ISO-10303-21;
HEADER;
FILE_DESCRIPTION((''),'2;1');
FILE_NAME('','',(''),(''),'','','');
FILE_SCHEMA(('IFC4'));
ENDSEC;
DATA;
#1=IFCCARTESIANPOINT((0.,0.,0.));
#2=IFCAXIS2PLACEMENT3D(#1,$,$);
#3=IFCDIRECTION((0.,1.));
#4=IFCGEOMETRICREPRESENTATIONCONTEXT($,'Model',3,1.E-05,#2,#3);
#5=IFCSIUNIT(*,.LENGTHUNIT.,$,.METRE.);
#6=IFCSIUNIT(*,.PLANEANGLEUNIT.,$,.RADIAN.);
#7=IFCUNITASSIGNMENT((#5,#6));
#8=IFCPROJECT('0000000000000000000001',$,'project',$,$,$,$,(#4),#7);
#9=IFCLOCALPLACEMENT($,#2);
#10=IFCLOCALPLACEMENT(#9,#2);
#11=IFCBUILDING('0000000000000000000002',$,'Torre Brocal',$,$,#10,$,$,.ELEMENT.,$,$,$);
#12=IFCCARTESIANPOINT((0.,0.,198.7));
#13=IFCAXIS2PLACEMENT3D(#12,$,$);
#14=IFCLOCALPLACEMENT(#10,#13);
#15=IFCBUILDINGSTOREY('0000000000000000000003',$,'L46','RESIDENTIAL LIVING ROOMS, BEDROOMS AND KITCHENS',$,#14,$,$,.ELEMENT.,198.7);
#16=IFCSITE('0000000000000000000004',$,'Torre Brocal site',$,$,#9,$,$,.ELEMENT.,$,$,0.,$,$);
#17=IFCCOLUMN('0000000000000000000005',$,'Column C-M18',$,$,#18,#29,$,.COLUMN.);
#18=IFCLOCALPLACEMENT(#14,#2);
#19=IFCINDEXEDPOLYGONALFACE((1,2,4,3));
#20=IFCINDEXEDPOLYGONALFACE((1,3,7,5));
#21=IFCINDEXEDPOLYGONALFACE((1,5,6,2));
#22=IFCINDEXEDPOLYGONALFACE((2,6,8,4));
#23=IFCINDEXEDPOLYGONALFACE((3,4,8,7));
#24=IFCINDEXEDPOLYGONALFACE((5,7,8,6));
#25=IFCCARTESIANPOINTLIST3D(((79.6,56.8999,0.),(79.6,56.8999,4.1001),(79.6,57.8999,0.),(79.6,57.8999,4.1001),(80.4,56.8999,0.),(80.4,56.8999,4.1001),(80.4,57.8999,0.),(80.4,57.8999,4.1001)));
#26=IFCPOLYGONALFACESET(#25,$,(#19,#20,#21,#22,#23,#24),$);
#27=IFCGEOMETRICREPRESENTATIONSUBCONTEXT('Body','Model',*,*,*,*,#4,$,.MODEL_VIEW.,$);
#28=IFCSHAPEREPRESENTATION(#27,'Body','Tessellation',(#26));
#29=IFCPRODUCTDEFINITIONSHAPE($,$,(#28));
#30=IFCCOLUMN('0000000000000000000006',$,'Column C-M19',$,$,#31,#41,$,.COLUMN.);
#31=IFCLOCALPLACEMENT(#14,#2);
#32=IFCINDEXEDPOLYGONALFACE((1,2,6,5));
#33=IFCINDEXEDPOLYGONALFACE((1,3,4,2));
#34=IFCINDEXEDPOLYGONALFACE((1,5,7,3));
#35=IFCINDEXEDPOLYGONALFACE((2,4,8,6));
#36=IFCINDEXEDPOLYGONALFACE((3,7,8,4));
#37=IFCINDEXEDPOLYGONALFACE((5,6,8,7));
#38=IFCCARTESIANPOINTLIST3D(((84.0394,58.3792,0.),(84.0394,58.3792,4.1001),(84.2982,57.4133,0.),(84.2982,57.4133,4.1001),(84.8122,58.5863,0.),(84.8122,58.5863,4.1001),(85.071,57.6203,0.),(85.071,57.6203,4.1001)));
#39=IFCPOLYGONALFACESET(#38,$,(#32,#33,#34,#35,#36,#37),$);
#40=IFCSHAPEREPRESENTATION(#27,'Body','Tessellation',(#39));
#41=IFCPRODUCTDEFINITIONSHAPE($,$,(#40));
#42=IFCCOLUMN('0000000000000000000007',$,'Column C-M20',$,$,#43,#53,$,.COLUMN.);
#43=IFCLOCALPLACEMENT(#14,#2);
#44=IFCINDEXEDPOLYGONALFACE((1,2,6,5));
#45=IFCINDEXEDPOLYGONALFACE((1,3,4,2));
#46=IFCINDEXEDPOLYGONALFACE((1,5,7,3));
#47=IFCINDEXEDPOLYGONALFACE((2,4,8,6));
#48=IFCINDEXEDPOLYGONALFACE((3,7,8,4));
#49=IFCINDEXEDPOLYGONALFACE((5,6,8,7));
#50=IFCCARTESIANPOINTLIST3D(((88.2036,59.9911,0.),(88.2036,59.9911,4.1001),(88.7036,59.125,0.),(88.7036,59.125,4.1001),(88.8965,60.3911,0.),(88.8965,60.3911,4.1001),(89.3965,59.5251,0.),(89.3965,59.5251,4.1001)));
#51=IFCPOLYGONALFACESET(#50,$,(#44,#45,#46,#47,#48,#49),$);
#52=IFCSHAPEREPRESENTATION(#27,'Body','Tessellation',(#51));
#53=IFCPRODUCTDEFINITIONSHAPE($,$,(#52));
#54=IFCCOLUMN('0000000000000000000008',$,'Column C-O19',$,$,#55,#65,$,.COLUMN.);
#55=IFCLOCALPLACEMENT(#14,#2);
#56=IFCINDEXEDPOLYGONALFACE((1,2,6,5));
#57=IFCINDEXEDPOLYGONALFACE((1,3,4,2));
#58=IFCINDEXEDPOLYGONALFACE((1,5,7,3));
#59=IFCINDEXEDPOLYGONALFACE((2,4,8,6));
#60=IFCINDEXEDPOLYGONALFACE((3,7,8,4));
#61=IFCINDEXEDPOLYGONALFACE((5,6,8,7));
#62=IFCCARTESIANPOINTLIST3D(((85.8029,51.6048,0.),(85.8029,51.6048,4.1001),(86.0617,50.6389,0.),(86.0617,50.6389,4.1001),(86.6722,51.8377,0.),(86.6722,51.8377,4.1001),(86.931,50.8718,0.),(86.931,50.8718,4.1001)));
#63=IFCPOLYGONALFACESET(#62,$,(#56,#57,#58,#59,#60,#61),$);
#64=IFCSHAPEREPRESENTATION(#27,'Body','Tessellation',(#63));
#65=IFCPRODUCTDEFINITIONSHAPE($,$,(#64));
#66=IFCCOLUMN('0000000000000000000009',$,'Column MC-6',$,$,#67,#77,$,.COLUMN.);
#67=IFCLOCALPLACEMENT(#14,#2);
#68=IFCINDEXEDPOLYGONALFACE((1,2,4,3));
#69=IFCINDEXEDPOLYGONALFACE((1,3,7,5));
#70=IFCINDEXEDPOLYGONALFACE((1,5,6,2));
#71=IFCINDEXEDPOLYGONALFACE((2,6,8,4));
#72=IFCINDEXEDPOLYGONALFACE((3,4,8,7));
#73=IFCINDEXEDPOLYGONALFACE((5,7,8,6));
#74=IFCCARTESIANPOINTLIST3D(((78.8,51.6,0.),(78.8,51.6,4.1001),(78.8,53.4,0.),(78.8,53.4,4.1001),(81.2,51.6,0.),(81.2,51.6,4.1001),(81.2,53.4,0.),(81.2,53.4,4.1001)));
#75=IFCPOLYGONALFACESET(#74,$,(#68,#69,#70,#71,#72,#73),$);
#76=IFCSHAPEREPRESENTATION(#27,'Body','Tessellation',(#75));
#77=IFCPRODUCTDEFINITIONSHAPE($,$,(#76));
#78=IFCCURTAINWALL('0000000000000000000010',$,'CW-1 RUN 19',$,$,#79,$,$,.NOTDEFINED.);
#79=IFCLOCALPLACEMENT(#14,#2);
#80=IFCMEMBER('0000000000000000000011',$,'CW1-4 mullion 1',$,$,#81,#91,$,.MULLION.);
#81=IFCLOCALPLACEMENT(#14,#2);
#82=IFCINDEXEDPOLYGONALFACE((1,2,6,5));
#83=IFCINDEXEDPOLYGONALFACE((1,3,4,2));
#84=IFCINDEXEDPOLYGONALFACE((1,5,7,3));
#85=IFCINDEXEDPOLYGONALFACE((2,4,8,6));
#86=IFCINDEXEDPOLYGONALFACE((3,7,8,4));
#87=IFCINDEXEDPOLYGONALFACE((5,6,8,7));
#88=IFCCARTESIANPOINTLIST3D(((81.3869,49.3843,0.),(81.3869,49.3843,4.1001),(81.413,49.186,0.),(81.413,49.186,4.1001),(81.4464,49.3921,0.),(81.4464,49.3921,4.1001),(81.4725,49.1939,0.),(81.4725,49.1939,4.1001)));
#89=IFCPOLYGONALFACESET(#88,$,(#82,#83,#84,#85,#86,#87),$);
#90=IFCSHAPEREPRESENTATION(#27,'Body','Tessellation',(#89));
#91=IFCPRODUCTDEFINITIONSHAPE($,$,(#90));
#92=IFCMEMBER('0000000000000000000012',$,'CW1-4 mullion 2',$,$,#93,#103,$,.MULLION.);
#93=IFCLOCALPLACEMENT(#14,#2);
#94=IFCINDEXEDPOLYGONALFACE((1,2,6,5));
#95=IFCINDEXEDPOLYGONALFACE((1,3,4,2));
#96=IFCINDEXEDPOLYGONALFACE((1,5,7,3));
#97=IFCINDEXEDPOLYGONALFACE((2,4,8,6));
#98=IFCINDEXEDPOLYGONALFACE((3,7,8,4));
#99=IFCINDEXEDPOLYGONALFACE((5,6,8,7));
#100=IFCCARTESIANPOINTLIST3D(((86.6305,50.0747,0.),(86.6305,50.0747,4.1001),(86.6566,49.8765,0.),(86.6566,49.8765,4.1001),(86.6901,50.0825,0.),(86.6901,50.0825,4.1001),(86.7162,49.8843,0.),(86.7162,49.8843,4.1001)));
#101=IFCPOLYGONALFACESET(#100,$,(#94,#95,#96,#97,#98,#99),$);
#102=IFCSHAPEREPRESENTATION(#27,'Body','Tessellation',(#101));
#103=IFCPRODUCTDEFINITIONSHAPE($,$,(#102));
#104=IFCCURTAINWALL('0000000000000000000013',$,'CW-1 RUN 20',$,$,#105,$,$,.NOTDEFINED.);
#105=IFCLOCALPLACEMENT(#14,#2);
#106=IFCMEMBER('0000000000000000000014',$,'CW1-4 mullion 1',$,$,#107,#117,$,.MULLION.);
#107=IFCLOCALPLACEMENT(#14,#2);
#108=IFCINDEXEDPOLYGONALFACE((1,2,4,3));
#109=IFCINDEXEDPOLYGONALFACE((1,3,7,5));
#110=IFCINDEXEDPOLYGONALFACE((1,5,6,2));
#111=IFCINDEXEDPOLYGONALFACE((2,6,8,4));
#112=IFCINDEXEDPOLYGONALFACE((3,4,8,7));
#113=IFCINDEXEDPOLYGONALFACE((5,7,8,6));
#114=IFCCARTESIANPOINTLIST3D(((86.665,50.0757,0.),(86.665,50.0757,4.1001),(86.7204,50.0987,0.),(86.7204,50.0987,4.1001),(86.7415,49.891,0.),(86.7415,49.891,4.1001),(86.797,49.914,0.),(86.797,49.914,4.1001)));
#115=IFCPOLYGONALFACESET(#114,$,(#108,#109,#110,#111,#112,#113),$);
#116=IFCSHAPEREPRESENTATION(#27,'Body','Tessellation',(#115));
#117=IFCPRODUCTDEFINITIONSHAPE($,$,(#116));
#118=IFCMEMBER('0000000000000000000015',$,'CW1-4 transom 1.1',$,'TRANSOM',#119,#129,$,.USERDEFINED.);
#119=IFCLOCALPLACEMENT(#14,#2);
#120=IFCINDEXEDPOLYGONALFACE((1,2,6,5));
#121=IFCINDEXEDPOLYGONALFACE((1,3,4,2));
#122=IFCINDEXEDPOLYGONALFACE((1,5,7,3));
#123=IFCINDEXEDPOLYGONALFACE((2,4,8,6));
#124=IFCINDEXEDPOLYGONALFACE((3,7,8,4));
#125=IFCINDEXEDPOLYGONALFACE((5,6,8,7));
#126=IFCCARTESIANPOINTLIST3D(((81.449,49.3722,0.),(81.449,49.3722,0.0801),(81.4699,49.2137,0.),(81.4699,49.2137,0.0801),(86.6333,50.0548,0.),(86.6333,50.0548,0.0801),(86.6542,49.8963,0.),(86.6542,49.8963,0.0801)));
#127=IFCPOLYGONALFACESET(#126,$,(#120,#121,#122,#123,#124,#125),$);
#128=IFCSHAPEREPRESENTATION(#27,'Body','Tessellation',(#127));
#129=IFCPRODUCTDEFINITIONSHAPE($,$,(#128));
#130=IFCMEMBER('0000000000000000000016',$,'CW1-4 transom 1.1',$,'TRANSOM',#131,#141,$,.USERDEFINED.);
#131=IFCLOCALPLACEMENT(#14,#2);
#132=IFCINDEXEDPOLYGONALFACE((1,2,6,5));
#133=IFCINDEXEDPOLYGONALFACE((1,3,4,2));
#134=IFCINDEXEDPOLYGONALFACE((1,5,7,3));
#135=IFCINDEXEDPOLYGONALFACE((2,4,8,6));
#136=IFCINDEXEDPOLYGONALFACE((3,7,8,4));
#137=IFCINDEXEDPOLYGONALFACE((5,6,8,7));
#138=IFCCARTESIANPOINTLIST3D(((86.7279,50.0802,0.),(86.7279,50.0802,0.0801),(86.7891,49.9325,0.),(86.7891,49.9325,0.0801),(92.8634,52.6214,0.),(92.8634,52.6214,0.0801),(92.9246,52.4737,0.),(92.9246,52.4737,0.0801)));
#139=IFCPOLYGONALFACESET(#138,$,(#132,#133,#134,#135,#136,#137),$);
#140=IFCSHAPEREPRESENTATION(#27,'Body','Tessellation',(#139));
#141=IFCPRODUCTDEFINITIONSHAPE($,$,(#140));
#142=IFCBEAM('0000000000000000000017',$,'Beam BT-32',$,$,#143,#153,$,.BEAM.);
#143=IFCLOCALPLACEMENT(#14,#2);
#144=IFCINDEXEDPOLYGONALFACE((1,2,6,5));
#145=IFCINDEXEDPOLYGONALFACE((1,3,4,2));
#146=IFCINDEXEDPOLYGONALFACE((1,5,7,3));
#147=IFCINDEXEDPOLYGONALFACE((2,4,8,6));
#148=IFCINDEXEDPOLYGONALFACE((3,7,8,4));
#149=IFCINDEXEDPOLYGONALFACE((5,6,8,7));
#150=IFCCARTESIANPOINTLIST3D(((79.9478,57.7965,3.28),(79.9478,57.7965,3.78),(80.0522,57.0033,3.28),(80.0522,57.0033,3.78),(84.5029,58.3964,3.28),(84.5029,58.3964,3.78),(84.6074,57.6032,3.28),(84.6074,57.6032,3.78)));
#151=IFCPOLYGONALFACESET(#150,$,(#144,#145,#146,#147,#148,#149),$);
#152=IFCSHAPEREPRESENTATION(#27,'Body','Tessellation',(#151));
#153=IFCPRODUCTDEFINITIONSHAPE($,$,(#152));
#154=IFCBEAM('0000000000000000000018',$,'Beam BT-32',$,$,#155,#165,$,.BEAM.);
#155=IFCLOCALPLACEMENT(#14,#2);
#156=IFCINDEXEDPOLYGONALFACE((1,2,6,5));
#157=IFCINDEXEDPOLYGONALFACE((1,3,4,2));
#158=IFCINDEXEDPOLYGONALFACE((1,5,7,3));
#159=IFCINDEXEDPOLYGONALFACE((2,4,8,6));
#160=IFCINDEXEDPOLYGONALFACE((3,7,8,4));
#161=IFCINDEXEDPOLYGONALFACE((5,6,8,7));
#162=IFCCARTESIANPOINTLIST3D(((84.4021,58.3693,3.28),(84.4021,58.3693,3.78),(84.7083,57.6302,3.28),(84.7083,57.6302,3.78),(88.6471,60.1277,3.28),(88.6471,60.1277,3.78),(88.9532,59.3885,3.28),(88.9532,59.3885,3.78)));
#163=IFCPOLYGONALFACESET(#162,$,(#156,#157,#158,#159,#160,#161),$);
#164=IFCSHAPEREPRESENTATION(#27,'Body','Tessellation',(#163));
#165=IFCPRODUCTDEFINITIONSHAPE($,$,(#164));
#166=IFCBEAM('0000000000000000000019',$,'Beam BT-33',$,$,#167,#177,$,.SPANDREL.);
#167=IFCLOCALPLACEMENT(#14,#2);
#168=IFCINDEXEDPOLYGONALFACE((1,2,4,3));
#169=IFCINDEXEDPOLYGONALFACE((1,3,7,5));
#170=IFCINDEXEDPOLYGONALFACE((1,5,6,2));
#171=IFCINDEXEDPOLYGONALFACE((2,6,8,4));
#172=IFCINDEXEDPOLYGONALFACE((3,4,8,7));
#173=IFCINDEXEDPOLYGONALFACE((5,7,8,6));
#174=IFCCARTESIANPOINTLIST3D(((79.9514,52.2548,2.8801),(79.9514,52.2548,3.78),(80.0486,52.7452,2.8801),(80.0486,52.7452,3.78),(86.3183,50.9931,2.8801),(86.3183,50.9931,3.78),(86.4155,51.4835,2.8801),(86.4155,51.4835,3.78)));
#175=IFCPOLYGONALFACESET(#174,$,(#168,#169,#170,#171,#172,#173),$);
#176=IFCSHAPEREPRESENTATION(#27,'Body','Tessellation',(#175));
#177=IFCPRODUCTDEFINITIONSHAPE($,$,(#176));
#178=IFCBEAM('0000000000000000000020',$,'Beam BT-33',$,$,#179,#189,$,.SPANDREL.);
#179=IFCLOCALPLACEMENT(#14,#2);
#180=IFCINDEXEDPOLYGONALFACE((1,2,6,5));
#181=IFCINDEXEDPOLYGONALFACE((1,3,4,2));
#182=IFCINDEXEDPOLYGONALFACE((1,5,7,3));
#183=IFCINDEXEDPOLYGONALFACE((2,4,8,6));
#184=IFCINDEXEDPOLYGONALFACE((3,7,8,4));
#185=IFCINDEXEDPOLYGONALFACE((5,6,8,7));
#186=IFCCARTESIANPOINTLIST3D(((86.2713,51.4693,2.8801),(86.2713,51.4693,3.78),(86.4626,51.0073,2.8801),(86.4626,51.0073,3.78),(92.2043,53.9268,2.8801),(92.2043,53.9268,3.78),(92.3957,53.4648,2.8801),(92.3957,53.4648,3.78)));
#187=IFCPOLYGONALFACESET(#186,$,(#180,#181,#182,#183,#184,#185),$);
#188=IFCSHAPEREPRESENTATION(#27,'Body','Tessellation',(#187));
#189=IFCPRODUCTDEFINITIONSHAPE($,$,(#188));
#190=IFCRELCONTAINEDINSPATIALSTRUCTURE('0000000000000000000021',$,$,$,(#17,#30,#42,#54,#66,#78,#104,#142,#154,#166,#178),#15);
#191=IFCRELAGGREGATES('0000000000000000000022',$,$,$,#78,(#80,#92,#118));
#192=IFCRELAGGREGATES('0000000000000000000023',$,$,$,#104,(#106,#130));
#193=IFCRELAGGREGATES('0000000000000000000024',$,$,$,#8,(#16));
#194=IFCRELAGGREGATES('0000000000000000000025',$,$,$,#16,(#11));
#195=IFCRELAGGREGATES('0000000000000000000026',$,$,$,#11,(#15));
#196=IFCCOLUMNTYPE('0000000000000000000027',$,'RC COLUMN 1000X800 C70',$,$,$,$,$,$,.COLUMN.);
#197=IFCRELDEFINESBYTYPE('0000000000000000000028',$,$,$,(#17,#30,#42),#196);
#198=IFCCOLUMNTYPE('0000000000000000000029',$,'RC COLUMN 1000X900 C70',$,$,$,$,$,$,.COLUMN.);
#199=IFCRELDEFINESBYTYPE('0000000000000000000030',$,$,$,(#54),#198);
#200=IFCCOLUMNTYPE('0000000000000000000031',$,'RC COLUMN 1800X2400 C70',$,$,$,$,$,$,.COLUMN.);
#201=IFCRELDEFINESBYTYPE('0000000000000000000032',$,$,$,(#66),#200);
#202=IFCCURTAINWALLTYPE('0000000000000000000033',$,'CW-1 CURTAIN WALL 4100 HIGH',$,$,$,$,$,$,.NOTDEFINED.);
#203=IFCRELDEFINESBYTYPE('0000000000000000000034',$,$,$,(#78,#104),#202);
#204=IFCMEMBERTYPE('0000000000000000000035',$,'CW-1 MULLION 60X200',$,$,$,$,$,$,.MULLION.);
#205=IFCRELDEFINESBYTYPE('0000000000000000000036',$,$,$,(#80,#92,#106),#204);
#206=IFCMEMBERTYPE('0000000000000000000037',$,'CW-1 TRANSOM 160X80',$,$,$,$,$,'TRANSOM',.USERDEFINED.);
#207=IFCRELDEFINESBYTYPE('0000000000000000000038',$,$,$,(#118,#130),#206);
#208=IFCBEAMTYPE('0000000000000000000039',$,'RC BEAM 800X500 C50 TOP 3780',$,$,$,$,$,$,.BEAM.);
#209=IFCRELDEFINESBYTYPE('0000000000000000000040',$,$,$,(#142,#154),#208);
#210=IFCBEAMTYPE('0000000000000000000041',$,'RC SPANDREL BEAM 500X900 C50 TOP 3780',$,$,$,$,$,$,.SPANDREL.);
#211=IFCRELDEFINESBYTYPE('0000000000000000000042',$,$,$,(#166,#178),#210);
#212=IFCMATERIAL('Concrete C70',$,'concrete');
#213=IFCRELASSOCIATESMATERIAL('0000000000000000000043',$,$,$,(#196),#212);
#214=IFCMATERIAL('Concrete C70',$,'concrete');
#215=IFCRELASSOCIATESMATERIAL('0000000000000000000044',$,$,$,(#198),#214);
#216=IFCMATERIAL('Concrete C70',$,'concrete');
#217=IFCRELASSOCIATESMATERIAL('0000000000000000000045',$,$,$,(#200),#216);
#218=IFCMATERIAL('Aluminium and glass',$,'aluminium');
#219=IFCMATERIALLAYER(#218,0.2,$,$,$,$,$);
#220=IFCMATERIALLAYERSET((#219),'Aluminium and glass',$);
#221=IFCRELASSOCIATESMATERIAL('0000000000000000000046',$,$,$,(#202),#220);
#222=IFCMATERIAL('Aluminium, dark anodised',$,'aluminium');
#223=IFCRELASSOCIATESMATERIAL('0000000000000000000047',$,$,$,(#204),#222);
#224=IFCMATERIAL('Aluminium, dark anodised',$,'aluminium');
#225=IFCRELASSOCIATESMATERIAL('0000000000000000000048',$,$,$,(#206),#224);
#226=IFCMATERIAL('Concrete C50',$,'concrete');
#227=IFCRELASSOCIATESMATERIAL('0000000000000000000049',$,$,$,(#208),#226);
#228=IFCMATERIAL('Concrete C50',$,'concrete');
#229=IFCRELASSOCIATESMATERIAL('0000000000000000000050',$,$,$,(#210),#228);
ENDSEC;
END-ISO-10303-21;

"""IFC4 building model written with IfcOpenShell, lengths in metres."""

from ifc_helpers import new_model, si_unit, direction, frame, origin, origin_2d, place, context, subcontext, project, spatial, rectangle, extrude, material, layer, layer_set, material_profile, profile_set, type_object, element, aggregate, save


model = new_model("IFC4")

# Units and contexts
model_context = context("Model", 3, precision=1e-05, world=origin(), true_north=direction((0.0, 1.0)))
body_context = subcontext(model_context, "Body", "Model", "MODEL_VIEW")
ifc_project = project(units=[si_unit("LENGTHUNIT", "METRE"), si_unit("PLANEANGLEUNIT", "RADIAN")], contexts=[model_context])

# Site, building, storey
site_placement = place(None, origin())
site = spatial("IfcSite", under=ifc_project, at=site_placement, Name="Torre Brocal site", CompositionType="ELEMENT", RefElevation=0.0)
building_placement = place(site_placement, origin())
building = spatial("IfcBuilding", under=site, at=building_placement, Name="Torre Brocal", CompositionType="ELEMENT")
storey_placement = place(building_placement, frame((0.0, 0.0, 198.7)))
storey = spatial("IfcBuildingStorey", under=building, at=storey_placement, Name="L46", Description="RESIDENTIAL LIVING ROOMS, BEDROOMS AND KITCHENS", CompositionType="ELEMENT", Elevation=198.7)

# Columns
ifc_material_1 = material(Name="Concrete C70", Category="concrete")
ifc_material_profile_1 = material_profile(ifc_material_1, rectangle(XDim=1.0, YDim=0.8, at=origin_2d()), Name="RC 1000X800")
ifc_profile_set_1 = profile_set([ifc_material_profile_1], Name="Concrete C70")
column_type_1 = type_object("IfcColumnType", Name="RC COLUMN 1000X800 C70", PredefinedType="COLUMN", material=ifc_profile_set_1)
for number, where, z_axis, x_axis, name in (
    (1, (80.0, 57.3999, 0.0), (0.0, 0.0, 1.0), (0.0, -1.0, 0.0), "Column C-M18"),
    (2, (84.5552, 57.9998, 0.0), (0.0, 0.0, 1.0), (0.258819, -0.965926, 0.0), "Column C-M19"),
    (3, (88.8, 59.7581, 0.0), (0.0, 0.0, 1.0), (0.5, -0.866025, 0.0), "Column C-M20"),
):
    element("IfcColumn", number, at=place(storey_placement, frame(where, z_axis=z_axis, x_axis=x_axis)), inside=storey, type_object=column_type_1, Name=name, PredefinedType="COLUMN", context=body_context, shape_type="SweptSolid", body=[
        extrude(rectangle(XDim=1.0, YDim=0.8, at=origin_2d()), origin(), (0.0, 0.0, 1.0), 4.1001),
    ])
ifc_material_2 = material(Name="Concrete C70", Category="concrete")
ifc_material_profile_2 = material_profile(ifc_material_2, rectangle(XDim=1.0, YDim=0.8999, at=origin_2d()), Name="RC 1000X900")
ifc_profile_set_2 = profile_set([ifc_material_profile_2], Name="Concrete C70")
column_type_2 = type_object("IfcColumnType", Name="RC COLUMN 1000X900 C70", PredefinedType="COLUMN", material=ifc_profile_set_2)
column_1_placement = place(storey_placement, frame((86.3669, 51.2383, 0.0), z_axis=(0.0, 0.0, 1.0), x_axis=(0.258819, -0.965926, 0.0)))
element("IfcColumn", 4, at=column_1_placement, inside=storey, type_object=column_type_2, Name="Column C-O19", PredefinedType="COLUMN", context=body_context, shape_type="SweptSolid", body=[
    extrude(rectangle(XDim=1.0, YDim=0.8999, at=origin_2d()), origin(), (0.0, 0.0, 1.0), 4.1001),
])
ifc_material_3 = material(Name="Concrete C70", Category="concrete")
ifc_material_profile_3 = material_profile(ifc_material_3, rectangle(XDim=1.8, YDim=2.3999, at=origin_2d()), Name="RC 1800X2400")
ifc_profile_set_3 = profile_set([ifc_material_profile_3], Name="Concrete C70")
column_type_3 = type_object("IfcColumnType", Name="RC COLUMN 1800X2400 C70", PredefinedType="COLUMN", material=ifc_profile_set_3)
column_2_placement = place(storey_placement, frame((80.0, 52.5, 0.0), z_axis=(0.0, 0.0, 1.0), x_axis=(0.0, -1.0, 0.0)))
element("IfcColumn", 5, at=column_2_placement, inside=storey, type_object=column_type_3, Name="Column MC-6", PredefinedType="COLUMN", context=body_context, shape_type="SweptSolid", body=[
    extrude(rectangle(XDim=1.8, YDim=2.3999, at=origin_2d()), origin(), (0.0, 0.0, 1.0), 4.1001),
])

# Curtain wall, members
ifc_material_4 = material(Name="Aluminium and glass", Category="aluminium")
ifc_layer_1 = layer(ifc_material_4, 0.2)
ifc_layer_set_1 = layer_set([ifc_layer_1], Name="Aluminium and glass")
curtain_wall_type = type_object("IfcCurtainWallType", Name="CW-1 CURTAIN WALL 4100 HIGH", PredefinedType="NOTDEFINED", material=ifc_layer_set_1)
curtain_wall_1_placement = place(storey_placement, origin())
curtain_wall_1 = element("IfcCurtainWall", 6, at=curtain_wall_1_placement, inside=storey, type_object=curtain_wall_type, Name="CW-1 RUN 19", PredefinedType="NOTDEFINED")
ifc_material_5 = material(Name="Aluminium, dark anodised", Category="aluminium")
ifc_material_profile_4 = material_profile(ifc_material_5, rectangle(XDim=0.2, YDim=0.0601, at=origin_2d()), Name="CW-1 MULLION 60X200")
ifc_profile_set_4 = profile_set([ifc_material_profile_4], Name="Aluminium, dark anodised")
member_type_1 = type_object("IfcMemberType", Name="CW-1 MULLION 60X200", PredefinedType="MULLION", material=ifc_profile_set_4)
member_1_placement = place(storey_placement, frame((81.4297, 49.2891, 0.0), z_axis=(0.0, 0.0, 1.0), x_axis=(-0.130526, 0.991445, 0.0)))
member_1 = element("IfcMember", 7, at=member_1_placement, type_object=member_type_1, Name="CW1-4 mullion 1", PredefinedType="MULLION", context=body_context, shape_type="SweptSolid", body=[
    extrude(rectangle(XDim=0.2, YDim=0.0601, at=origin_2d()), origin(), (0.0, 0.0, 1.0), 4.1001),
])
member_2_placement = place(storey_placement, frame((86.6733, 49.9795, 0.0), z_axis=(0.0, 0.0, 1.0), x_axis=(-0.130526, 0.991445, 0.0)))
member_2 = element("IfcMember", 8, at=member_2_placement, type_object=member_type_1, Name="CW1-4 mullion 2", PredefinedType="MULLION", context=body_context, shape_type="SweptSolid", body=[
    extrude(rectangle(XDim=0.2, YDim=0.0601, at=origin_2d()), origin(), (0.0, 0.0, 1.0), 4.1001),
])

# Curtain wall, member
curtain_wall_2_placement = place(storey_placement, origin())
curtain_wall_2 = element("IfcCurtainWall", 9, at=curtain_wall_2_placement, inside=storey, type_object=curtain_wall_type, Name="CW-1 RUN 20", PredefinedType="NOTDEFINED")
member_3_placement = place(storey_placement, frame((86.731, 49.9949, 0.0), z_axis=(0.0, 0.0, 1.0), x_axis=(-0.382683, 0.92388, 0.0)))
member_3 = element("IfcMember", 10, at=member_3_placement, type_object=member_type_1, Name="CW1-4 mullion 1", PredefinedType="MULLION", context=body_context, shape_type="SweptSolid", body=[
    extrude(rectangle(XDim=0.2, YDim=0.0601, at=origin_2d()), origin(), (0.0, 0.0, 1.0), 4.1001),
])

# Members
ifc_material_6 = material(Name="Aluminium, dark anodised", Category="aluminium")
ifc_material_profile_5 = material_profile(ifc_material_6, rectangle(XDim=0.1599, YDim=0.0801, at=origin_2d()), Name="CW-1 TRANSOM 160X80")
ifc_profile_set_5 = profile_set([ifc_material_profile_5], Name="Aluminium, dark anodised")
member_type_2 = type_object("IfcMemberType", Name="CW-1 TRANSOM 160X80", ElementType="TRANSOM", PredefinedType="USERDEFINED", material=ifc_profile_set_5)
member_4_placement = place(storey_placement, frame((81.4595, 49.293, 0.04), z_axis=(0.991443, 0.130543, 0.0), x_axis=(-0.130543, 0.991443, 0.0)))
member_4 = element("IfcMember", 11, at=member_4_placement, type_object=member_type_2, Name="CW1-4 transom 1.1", ObjectType="TRANSOM", PredefinedType="USERDEFINED", context=body_context, shape_type="SweptSolid", body=[
    extrude(rectangle(XDim=0.1599, YDim=0.0801, at=origin_2d()), origin(), (0.0, 0.0, 1.0), 5.229),
])
member_5_placement = place(storey_placement, frame((86.7585, 50.0063, 0.04), z_axis=(0.923887, 0.382665, 0.0), x_axis=(-0.382665, 0.923887, 0.0)))
member_5 = element("IfcMember", 12, at=member_5_placement, type_object=member_type_2, Name="CW1-4 transom 1.1", ObjectType="TRANSOM", PredefinedType="USERDEFINED", context=body_context, shape_type="SweptSolid", body=[
    extrude(rectangle(XDim=0.1599, YDim=0.0801, at=origin_2d()), origin(), (0.0, 0.0, 1.0), 6.6409),
])

# Beams
ifc_material_7 = material(Name="Concrete C50", Category="concrete")
ifc_material_profile_6 = material_profile(ifc_material_7, rectangle(XDim=0.8, YDim=0.5, at=origin_2d()), Name="RC 800X500")
ifc_profile_set_6 = profile_set([ifc_material_profile_6], Name="Concrete C50")
beam_type_1 = type_object("IfcBeamType", Name="RC BEAM 800X500 C50 TOP 3780", PredefinedType="BEAM", material=ifc_profile_set_6)
beam_1_placement = place(storey_placement, frame((80.0, 57.3999, 3.53), z_axis=(0.991441, 0.130559, 0.0), x_axis=(-0.130559, 0.991441, 0.0)))
element("IfcBeam", 13, at=beam_1_placement, inside=storey, type_object=beam_type_1, Name="Beam BT-32", PredefinedType="BEAM", context=body_context, shape_type="SweptSolid", body=[
    extrude(rectangle(XDim=0.8, YDim=0.5, at=origin_2d()), origin(), (0.0, 0.0, 1.0), 4.5945),
])
beam_2_placement = place(storey_placement, frame((84.5552, 57.9998, 3.53), z_axis=(0.923878, 0.382687, 0.0), x_axis=(-0.382687, 0.923878, 0.0)))
element("IfcBeam", 14, at=beam_2_placement, inside=storey, type_object=beam_type_1, Name="Beam BT-32", PredefinedType="BEAM", context=body_context, shape_type="SweptSolid", body=[
    extrude(rectangle(XDim=0.8, YDim=0.5, at=origin_2d()), origin(), (0.0, 0.0, 1.0), 4.5947),
])
ifc_material_8 = material(Name="Concrete C50", Category="concrete")
ifc_material_profile_7 = material_profile(ifc_material_8, rectangle(XDim=0.5, YDim=0.8999, at=origin_2d()), Name="RC 500X900")
ifc_profile_set_7 = profile_set([ifc_material_profile_7], Name="Concrete C50")
beam_type_2 = type_object("IfcBeamType", Name="RC SPANDREL BEAM 500X900 C50 TOP 3780", PredefinedType="SPANDREL", material=ifc_profile_set_7)
beam_3_placement = place(storey_placement, frame((80.0, 52.5, 3.3301), z_axis=(0.980925, -0.194387, 0.0), x_axis=(0.194387, 0.980925, 0.0)))
element("IfcBeam", 15, at=beam_3_placement, inside=storey, type_object=beam_type_2, Name="Beam BT-33", PredefinedType="SPANDREL", context=body_context, shape_type="SweptSolid", body=[
    extrude(rectangle(XDim=0.5, YDim=0.8999, at=origin_2d()), origin(), (0.0, 0.0, 1.0), 6.4907),
])
beam_4_placement = place(storey_placement, frame((86.3669, 51.2383, 3.3301), z_axis=(0.923882, 0.382676, 0.0), x_axis=(-0.382676, 0.923882, 0.0)))
element("IfcBeam", 16, at=beam_4_placement, inside=storey, type_object=beam_type_2, Name="Beam BT-33", PredefinedType="SPANDREL", context=body_context, shape_type="SweptSolid", body=[
    extrude(rectangle(XDim=0.5, YDim=0.8999, at=origin_2d()), origin(), (0.0, 0.0, 1.0), 6.4219),
])

aggregate(curtain_wall_1, [member_1, member_2, member_4])
aggregate(curtain_wall_2, [member_3, member_5])

save(model, "model.ifc")
